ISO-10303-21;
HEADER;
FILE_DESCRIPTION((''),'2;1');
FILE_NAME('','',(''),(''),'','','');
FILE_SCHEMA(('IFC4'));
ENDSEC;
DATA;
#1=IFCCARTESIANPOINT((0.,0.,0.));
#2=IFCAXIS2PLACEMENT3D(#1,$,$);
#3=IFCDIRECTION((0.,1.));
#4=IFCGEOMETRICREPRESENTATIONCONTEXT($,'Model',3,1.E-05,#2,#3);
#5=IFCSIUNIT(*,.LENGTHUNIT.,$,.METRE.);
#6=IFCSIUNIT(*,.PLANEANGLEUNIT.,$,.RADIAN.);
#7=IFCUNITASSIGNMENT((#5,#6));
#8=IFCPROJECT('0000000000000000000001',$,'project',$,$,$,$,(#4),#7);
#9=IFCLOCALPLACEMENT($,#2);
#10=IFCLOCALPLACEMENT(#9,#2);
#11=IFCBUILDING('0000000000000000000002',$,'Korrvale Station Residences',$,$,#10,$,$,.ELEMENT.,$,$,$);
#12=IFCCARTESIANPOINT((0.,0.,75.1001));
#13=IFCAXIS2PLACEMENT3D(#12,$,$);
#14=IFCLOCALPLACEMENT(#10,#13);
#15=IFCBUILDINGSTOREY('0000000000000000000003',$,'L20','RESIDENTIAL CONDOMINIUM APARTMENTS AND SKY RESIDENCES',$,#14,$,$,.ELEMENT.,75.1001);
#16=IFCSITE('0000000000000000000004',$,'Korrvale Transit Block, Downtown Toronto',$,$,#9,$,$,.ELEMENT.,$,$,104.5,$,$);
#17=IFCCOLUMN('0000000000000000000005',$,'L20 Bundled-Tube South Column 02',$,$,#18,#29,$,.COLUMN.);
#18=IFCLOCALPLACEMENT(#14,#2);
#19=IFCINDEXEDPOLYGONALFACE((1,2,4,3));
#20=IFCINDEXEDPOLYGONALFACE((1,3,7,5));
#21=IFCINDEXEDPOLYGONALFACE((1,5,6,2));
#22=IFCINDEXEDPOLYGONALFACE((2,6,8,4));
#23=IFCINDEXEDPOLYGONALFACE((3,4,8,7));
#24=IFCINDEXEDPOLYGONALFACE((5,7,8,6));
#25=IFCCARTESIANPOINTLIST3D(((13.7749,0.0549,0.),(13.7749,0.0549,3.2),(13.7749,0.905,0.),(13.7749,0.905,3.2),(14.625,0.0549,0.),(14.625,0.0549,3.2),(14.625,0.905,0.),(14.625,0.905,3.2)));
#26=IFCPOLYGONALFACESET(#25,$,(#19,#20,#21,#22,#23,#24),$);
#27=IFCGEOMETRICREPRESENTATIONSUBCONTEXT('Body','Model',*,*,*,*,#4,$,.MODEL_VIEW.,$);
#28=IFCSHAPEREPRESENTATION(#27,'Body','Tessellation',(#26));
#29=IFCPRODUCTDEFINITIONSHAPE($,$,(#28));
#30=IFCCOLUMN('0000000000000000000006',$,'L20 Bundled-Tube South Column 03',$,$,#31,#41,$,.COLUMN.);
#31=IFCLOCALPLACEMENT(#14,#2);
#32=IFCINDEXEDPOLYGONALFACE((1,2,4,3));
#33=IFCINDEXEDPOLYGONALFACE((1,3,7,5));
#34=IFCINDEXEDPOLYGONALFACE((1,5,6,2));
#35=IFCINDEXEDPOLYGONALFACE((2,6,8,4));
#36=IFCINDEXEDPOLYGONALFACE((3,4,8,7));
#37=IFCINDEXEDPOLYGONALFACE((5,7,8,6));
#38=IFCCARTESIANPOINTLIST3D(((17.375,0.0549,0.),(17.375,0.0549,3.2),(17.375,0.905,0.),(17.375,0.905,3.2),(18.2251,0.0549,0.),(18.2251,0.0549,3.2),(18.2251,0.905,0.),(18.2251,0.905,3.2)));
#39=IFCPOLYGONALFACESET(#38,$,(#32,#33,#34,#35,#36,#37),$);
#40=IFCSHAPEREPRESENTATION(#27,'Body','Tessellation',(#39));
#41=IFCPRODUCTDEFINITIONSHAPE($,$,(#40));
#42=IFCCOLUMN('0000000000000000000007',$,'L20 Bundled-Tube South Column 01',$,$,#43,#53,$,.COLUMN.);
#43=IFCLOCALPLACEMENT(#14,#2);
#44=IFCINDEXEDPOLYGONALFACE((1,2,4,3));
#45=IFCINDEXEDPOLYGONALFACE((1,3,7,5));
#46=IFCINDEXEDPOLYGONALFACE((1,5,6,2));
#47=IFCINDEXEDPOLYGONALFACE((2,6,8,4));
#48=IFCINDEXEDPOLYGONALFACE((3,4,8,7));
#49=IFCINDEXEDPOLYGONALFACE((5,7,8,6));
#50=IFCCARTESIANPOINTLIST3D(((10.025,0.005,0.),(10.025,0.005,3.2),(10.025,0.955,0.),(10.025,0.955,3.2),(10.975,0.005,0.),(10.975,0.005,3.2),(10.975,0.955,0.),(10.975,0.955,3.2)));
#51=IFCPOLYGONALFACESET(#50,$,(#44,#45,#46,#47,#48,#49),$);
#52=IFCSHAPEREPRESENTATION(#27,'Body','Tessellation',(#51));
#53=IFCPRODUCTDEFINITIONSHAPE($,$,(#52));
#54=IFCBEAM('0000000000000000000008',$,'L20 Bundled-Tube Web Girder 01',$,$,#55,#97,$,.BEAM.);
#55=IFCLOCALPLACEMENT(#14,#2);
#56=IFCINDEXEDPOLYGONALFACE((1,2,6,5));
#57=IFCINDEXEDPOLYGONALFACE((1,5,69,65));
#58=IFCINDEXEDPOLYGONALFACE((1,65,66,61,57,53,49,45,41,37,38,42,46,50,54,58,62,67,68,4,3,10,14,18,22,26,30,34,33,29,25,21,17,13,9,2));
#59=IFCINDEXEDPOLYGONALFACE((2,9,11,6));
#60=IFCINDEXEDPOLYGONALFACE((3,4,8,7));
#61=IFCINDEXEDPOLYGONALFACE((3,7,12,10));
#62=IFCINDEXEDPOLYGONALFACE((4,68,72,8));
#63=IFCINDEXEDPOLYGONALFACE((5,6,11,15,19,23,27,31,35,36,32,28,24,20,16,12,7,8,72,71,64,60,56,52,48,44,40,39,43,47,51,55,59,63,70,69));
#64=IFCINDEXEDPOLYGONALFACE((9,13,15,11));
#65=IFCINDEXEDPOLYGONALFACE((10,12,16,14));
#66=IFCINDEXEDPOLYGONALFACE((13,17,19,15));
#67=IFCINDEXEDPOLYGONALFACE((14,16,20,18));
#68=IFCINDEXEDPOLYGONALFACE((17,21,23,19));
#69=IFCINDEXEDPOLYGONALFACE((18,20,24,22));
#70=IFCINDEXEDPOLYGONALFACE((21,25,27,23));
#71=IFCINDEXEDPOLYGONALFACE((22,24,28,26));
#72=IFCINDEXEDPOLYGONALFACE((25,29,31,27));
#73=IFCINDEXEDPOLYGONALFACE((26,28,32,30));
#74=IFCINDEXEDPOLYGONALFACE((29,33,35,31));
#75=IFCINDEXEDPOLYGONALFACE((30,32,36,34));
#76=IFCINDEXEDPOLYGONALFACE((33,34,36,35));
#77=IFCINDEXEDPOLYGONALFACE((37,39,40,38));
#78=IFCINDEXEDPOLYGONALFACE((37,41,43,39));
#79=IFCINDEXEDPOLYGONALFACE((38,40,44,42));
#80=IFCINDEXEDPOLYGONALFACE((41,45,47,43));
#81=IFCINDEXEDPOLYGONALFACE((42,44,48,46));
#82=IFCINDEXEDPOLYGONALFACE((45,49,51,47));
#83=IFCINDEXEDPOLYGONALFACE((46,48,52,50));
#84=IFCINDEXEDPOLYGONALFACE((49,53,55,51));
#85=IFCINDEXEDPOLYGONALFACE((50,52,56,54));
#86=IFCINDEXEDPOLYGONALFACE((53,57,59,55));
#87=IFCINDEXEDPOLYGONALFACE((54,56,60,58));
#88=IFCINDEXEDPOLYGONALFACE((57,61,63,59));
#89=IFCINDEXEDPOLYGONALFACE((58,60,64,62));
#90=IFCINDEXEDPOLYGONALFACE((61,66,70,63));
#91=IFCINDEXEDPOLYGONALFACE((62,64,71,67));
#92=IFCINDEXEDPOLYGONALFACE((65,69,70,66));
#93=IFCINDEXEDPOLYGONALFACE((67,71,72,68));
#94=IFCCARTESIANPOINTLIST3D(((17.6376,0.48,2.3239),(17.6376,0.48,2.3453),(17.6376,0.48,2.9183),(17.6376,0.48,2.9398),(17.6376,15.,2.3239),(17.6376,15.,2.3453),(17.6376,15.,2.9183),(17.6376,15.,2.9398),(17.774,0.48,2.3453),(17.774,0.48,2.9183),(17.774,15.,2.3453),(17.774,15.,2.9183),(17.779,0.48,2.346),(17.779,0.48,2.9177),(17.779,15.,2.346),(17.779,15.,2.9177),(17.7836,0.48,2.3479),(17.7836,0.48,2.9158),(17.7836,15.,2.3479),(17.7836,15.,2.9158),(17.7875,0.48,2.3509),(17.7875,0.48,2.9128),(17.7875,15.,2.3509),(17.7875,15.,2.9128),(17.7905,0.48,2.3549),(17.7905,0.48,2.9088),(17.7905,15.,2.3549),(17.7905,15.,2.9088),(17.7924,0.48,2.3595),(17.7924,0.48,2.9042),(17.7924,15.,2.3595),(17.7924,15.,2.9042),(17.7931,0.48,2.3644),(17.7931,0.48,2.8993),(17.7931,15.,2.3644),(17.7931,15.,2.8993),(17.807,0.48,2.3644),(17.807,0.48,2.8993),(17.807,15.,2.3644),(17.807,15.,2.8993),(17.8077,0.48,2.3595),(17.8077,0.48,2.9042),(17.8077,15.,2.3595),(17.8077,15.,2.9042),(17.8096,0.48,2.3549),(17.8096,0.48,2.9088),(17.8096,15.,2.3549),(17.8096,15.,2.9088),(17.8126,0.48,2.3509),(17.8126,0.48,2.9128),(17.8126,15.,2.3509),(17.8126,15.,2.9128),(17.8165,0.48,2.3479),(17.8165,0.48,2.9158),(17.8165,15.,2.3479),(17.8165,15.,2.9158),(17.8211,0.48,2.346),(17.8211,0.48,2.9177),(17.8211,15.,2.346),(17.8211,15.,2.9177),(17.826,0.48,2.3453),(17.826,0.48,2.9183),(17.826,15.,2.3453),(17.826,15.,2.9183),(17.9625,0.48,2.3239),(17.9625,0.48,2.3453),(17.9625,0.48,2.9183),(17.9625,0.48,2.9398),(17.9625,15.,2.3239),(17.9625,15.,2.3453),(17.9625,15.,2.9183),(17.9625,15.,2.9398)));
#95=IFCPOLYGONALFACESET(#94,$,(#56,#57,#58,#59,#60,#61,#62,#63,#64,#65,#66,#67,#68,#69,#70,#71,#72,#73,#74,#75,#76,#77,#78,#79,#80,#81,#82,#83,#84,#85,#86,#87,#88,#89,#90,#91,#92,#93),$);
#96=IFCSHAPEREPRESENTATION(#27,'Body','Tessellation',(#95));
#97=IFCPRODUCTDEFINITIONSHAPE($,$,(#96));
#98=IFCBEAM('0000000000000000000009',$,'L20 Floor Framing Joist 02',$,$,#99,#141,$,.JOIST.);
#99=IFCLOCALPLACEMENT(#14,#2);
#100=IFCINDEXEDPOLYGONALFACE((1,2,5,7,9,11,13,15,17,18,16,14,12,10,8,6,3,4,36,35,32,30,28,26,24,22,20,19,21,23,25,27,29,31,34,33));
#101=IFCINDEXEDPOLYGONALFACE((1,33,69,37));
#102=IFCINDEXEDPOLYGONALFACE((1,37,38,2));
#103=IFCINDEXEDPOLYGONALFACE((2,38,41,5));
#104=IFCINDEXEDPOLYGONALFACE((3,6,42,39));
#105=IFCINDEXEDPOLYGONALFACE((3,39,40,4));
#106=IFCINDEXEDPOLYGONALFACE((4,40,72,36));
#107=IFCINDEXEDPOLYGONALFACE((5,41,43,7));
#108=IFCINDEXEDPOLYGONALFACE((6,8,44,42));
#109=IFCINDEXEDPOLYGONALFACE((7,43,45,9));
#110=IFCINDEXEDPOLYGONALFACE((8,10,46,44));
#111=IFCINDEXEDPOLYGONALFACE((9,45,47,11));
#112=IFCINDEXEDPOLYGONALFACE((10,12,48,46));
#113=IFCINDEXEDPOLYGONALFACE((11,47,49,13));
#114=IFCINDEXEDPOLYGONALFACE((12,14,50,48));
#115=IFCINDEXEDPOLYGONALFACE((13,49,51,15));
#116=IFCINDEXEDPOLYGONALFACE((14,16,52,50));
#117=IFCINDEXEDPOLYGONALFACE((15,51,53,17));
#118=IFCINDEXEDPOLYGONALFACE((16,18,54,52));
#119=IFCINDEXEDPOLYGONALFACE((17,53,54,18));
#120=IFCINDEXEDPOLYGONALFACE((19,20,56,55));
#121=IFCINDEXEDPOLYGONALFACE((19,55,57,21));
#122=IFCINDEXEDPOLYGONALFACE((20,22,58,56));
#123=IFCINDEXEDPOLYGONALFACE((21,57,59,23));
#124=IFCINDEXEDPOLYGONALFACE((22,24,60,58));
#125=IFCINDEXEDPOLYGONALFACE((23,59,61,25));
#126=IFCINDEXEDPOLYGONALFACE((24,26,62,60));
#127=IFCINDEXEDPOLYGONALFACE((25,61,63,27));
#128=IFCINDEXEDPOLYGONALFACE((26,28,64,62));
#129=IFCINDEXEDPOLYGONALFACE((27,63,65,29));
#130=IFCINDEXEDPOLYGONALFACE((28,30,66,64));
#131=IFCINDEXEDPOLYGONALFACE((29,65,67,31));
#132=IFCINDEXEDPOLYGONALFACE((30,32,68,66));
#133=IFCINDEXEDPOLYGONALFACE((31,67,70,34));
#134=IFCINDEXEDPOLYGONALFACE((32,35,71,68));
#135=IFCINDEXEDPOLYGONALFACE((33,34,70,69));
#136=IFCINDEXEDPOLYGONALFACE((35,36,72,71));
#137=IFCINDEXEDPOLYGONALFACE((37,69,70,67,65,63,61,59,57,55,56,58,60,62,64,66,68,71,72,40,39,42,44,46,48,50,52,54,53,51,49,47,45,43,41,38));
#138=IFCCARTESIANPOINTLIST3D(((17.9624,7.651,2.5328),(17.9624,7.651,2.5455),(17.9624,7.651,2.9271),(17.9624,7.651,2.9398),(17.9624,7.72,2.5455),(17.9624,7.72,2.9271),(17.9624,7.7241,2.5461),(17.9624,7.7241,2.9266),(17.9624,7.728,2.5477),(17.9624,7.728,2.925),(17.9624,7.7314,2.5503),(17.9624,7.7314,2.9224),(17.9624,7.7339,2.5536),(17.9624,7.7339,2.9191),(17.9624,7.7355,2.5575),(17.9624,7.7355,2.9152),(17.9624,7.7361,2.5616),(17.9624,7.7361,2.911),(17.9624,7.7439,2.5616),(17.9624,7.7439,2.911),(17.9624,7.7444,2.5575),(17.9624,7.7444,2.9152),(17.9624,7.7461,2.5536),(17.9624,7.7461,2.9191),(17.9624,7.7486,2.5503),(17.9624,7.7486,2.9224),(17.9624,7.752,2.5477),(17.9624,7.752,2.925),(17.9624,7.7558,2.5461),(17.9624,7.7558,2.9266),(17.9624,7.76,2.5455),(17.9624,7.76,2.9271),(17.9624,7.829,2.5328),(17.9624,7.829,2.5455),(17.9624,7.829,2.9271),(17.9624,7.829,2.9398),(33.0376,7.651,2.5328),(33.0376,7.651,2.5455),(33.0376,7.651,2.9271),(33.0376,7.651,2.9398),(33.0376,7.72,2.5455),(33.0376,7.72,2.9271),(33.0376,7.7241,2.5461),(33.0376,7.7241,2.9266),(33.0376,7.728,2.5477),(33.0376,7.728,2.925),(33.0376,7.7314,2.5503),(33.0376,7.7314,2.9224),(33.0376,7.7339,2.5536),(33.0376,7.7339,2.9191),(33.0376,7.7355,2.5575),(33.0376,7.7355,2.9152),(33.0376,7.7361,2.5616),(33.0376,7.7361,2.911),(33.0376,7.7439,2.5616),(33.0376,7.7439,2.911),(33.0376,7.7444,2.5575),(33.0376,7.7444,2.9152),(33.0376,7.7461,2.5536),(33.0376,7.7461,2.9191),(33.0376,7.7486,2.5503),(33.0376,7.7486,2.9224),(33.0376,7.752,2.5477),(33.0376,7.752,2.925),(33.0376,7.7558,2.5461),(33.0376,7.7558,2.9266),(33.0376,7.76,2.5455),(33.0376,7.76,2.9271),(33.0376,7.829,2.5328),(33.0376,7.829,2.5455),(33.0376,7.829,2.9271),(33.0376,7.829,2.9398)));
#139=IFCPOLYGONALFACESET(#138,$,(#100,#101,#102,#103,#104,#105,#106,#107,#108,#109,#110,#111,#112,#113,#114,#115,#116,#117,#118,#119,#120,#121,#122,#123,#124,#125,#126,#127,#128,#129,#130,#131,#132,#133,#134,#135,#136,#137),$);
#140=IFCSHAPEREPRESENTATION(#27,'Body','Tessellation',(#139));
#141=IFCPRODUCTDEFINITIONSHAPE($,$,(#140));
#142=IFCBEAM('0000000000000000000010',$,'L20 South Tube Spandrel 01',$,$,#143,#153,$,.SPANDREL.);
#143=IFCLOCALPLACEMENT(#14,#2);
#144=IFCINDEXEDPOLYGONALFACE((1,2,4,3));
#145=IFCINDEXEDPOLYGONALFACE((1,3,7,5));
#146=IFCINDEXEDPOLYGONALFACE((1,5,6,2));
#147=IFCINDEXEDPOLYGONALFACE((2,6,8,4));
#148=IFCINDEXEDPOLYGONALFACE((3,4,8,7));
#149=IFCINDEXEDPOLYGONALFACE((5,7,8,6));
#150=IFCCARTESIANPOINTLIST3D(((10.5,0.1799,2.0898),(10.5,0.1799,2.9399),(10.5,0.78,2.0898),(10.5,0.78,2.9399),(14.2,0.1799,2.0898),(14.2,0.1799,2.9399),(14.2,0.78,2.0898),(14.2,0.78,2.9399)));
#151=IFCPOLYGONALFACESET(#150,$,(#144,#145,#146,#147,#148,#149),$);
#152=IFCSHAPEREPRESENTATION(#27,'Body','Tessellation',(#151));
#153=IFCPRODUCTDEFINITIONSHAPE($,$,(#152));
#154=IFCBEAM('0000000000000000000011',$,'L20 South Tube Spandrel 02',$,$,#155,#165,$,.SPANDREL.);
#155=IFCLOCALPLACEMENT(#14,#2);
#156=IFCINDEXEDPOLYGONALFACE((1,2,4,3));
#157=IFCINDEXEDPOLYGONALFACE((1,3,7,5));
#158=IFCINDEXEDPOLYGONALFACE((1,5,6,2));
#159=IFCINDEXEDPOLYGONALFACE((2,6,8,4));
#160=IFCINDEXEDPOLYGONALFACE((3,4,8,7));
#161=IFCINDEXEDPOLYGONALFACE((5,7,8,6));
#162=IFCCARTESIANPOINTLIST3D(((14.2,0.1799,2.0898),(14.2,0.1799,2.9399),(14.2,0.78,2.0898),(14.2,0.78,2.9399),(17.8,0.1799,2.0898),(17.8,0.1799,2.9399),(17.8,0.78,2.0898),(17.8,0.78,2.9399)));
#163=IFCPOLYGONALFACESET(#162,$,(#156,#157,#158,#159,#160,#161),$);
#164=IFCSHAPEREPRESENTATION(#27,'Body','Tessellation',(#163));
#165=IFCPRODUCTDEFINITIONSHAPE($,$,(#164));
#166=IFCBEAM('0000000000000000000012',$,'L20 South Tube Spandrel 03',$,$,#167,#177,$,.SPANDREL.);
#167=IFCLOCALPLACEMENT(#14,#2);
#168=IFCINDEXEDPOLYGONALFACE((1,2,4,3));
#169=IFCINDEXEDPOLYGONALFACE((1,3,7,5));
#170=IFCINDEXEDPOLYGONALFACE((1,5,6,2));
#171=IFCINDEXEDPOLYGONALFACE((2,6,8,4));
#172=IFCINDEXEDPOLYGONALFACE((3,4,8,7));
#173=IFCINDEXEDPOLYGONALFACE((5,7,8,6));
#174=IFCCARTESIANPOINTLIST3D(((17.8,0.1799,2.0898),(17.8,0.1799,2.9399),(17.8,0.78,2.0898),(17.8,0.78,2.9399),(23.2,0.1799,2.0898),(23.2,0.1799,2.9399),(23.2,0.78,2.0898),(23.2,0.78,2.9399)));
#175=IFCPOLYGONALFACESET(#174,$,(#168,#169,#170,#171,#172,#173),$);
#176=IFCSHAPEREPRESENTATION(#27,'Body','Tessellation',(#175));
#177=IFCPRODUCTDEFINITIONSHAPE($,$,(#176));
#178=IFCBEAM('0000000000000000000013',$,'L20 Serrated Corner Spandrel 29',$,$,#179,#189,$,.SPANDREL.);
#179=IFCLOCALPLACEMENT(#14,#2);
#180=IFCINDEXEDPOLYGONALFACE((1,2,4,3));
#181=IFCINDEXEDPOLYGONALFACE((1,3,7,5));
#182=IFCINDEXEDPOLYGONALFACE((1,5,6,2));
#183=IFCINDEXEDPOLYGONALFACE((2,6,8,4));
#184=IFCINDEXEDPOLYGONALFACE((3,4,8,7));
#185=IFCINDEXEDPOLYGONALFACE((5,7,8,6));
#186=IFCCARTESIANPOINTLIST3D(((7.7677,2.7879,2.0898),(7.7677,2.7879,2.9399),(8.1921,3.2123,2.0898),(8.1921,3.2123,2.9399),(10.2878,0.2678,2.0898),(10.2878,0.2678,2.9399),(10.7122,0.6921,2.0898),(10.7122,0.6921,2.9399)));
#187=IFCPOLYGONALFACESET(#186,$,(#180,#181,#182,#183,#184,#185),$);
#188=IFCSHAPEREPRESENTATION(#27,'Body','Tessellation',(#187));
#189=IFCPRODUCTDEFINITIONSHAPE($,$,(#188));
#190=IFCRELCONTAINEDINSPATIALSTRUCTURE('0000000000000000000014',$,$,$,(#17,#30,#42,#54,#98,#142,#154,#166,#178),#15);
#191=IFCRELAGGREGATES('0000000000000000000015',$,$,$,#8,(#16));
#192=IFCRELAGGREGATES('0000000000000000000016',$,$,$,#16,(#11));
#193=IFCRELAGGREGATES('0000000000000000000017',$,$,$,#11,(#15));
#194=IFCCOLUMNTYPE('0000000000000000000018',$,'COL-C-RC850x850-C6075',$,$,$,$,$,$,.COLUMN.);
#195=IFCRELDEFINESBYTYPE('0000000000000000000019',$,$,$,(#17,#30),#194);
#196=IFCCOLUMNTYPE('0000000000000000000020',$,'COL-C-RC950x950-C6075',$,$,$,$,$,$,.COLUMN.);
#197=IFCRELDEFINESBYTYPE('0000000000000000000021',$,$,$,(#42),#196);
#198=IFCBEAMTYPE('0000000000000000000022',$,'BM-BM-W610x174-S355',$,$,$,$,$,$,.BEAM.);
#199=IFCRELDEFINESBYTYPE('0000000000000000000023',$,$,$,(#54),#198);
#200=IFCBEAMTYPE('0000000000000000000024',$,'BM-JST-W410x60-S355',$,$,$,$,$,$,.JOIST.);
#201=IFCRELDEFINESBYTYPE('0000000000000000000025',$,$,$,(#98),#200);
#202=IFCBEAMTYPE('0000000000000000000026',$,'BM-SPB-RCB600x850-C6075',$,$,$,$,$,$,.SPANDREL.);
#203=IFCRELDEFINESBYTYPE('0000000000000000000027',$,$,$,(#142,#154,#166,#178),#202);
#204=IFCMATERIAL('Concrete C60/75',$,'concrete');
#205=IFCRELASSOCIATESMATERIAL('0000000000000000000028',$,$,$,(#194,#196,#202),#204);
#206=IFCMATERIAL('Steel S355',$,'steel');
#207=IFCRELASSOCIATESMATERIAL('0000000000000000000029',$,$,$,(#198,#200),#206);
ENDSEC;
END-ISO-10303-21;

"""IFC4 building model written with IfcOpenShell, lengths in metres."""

from ifc_helpers import new_model, si_unit, direction, frame, origin, origin_2d, place, context, subcontext, project, spatial, rectangle, i_section, extrude, material, material_profile, profile_set, type_object, element, save


model = new_model("IFC4")

# Units and contexts
model_context = context("Model", 3, precision=1e-05, world=origin(), true_north=direction((0.0, 1.0)))
body_context = subcontext(model_context, "Body", "Model", "MODEL_VIEW")
ifc_project = project(units=[si_unit("LENGTHUNIT", "METRE"), si_unit("PLANEANGLEUNIT", "RADIAN")], contexts=[model_context])

# Site, building, storey
site_placement = place(None, origin())
site = spatial("IfcSite", under=ifc_project, at=site_placement, Name="Korrvale Transit Block, Downtown Toronto", CompositionType="ELEMENT", RefElevation=104.5)
building_placement = place(site_placement, origin())
building = spatial("IfcBuilding", under=site, at=building_placement, Name="Korrvale Station Residences", CompositionType="ELEMENT")
storey_placement = place(building_placement, frame((0.0, 0.0, 75.1001)))
storey = spatial("IfcBuildingStorey", under=building, at=storey_placement, Name="L20", Description="RESIDENTIAL CONDOMINIUM APARTMENTS AND SKY RESIDENCES", CompositionType="ELEMENT", Elevation=75.1001)

# Columns
ifc_material_1 = material(Name="Concrete C60/75", Category="concrete")
ifc_material_profile_1 = material_profile(ifc_material_1, rectangle(XDim=0.8501, YDim=0.8501, at=origin_2d()), Name="RC850x850")
ifc_profile_set_1 = profile_set([ifc_material_profile_1], Name="Concrete C60/75")
column_type_1 = type_object("IfcColumnType", Name="COL-C-RC850x850-C6075", PredefinedType="COLUMN", material=ifc_profile_set_1)
for number, where, z_axis, x_axis, name in (
    (1, (14.2, 0.48, 0.0), (0.0, 0.0, 1.0), (1.0, 0.0, 0.0), "L20 Bundled-Tube South Column 02"),
    (2, (17.8, 0.48, 0.0), (0.0, 0.0, 1.0), (1.0, 0.0, 0.0), "L20 Bundled-Tube South Column 03"),
):
    element("IfcColumn", number, at=place(storey_placement, frame(where, z_axis=z_axis, x_axis=x_axis)), inside=storey, type_object=column_type_1, Name=name, PredefinedType="COLUMN", context=body_context, shape_type="SweptSolid", body=[
        extrude(rectangle(XDim=0.8501, YDim=0.8501, at=origin_2d()), origin(), (0.0, 0.0, 1.0), 3.2),
    ])
ifc_material_profile_2 = material_profile(ifc_material_1, rectangle(XDim=0.95, YDim=0.95, at=origin_2d()), Name="RC950x950")
ifc_profile_set_2 = profile_set([ifc_material_profile_2], Name="Concrete C60/75")
column_type_2 = type_object("IfcColumnType", Name="COL-C-RC950x950-C6075", PredefinedType="COLUMN", material=ifc_profile_set_2)
column_placement = place(storey_placement, frame((10.5, 0.48, 0.0), z_axis=(0.0, 0.0, 1.0), x_axis=(1.0, 0.0, 0.0)))
element("IfcColumn", 3, at=column_placement, inside=storey, type_object=column_type_2, Name="L20 Bundled-Tube South Column 01", PredefinedType="COLUMN", context=body_context, shape_type="SweptSolid", body=[
    extrude(rectangle(XDim=0.95, YDim=0.95, at=origin_2d()), origin(), (0.0, 0.0, 1.0), 3.2),
])

# Beams
ifc_material_2 = material(Name="Steel S355", Category="steel")
ifc_material_profile_3 = material_profile(ifc_material_2, i_section(OverallWidth=0.325, OverallDepth=0.616, WebThickness=0.0139, FlangeThickness=0.0215, FilletRadius=0.019, at=origin_2d()), Name="W610x174")
ifc_profile_set_3 = profile_set([ifc_material_profile_3], Name="Steel S355")
beam_type_1 = type_object("IfcBeamType", Name="BM-BM-W610x174-S355", PredefinedType="BEAM", material=ifc_profile_set_3)
beam_1_placement = place(storey_placement, frame((17.8, 0.48, 2.6318), z_axis=(0.0, 1.0, 0.0), x_axis=(-1.0, 0.0, 0.0)))
element("IfcBeam", 4, at=beam_1_placement, inside=storey, type_object=beam_type_1, Name="L20 Bundled-Tube Web Girder 01", PredefinedType="BEAM", context=body_context, shape_type="SweptSolid", body=[
    extrude(i_section(OverallWidth=0.325, OverallDepth=0.616, WebThickness=0.0139, FlangeThickness=0.0215, FilletRadius=0.019, at=origin_2d()), origin(), (0.0, 0.0, 1.0), 14.52),
])
ifc_material_profile_4 = material_profile(ifc_material_2, i_section(OverallWidth=0.178, OverallDepth=0.407, WebThickness=0.0078, FlangeThickness=0.0127, FilletRadius=0.0161, at=origin_2d()), Name="W410x60")
ifc_profile_set_4 = profile_set([ifc_material_profile_4], Name="Steel S355")
beam_type_2 = type_object("IfcBeamType", Name="BM-JST-W410x60-S355", PredefinedType="JOIST", material=ifc_profile_set_4)
beam_2_placement = place(storey_placement, frame((17.9624, 7.74, 2.7363), z_axis=(1.0, 0.0, 0.0), x_axis=(0.0, 1.0, 0.0)))
element("IfcBeam", 5, at=beam_2_placement, inside=storey, type_object=beam_type_2, Name="L20 Floor Framing Joist 02", PredefinedType="JOIST", context=body_context, shape_type="SweptSolid", body=[
    extrude(i_section(OverallWidth=0.178, OverallDepth=0.407, WebThickness=0.0078, FlangeThickness=0.0127, FilletRadius=0.0161, at=origin_2d()), origin(), (0.0, 0.0, 1.0), 15.0752),
])
ifc_material_profile_5 = material_profile(ifc_material_1, rectangle(XDim=0.6001, YDim=0.8501, at=origin_2d()), Name="RCB600x850")
ifc_profile_set_5 = profile_set([ifc_material_profile_5], Name="Concrete C60/75")
beam_type_3 = type_object("IfcBeamType", Name="BM-SPB-RCB600x850-C6075", PredefinedType="SPANDREL", material=ifc_profile_set_5)
beam_3_placement = place(storey_placement, frame((10.5, 0.48, 2.5149), z_axis=(1.0, 0.0, 0.0), x_axis=(0.0, 1.0, 0.0)))
element("IfcBeam", 6, at=beam_3_placement, inside=storey, type_object=beam_type_3, Name="L20 South Tube Spandrel 01", PredefinedType="SPANDREL", context=body_context, shape_type="SweptSolid", body=[
    extrude(rectangle(XDim=0.6001, YDim=0.8501, at=origin_2d()), origin(), (0.0, 0.0, 1.0), 3.7),
])
beam_4_placement = place(storey_placement, frame((14.2, 0.48, 2.5149), z_axis=(1.0, 0.0, 0.0), x_axis=(0.0, 1.0, 0.0)))
element("IfcBeam", 7, at=beam_4_placement, inside=storey, type_object=beam_type_3, Name="L20 South Tube Spandrel 02", PredefinedType="SPANDREL", context=body_context, shape_type="SweptSolid", body=[
    extrude(rectangle(XDim=0.6001, YDim=0.8501, at=origin_2d()), origin(), (0.0, 0.0, 1.0), 3.6001),
])
beam_5_placement = place(storey_placement, frame((17.8, 0.48, 2.5149), z_axis=(1.0, 0.0, 0.0), x_axis=(0.0, 1.0, 0.0)))
element("IfcBeam", 8, at=beam_5_placement, inside=storey, type_object=beam_type_3, Name="L20 South Tube Spandrel 03", PredefinedType="SPANDREL", context=body_context, shape_type="SweptSolid", body=[
    extrude(rectangle(XDim=0.6001, YDim=0.8501, at=origin_2d()), origin(), (0.0, 0.0, 1.0), 5.3999),
])
beam_6_placement = place(storey_placement, frame((10.5, 0.48, 2.5149), z_axis=(-0.707107, 0.707107, 0.0), x_axis=(-0.707107, -0.707107, 0.0)))
element("IfcBeam", 9, at=beam_6_placement, inside=storey, type_object=beam_type_3, Name="L20 Serrated Corner Spandrel 29", PredefinedType="SPANDREL", context=body_context, shape_type="SweptSolid", body=[
    extrude(rectangle(XDim=0.6001, YDim=0.8501, at=origin_2d()), origin(), (0.0, 0.0, 1.0), 3.564),
])

save(model, "model.ifc")
